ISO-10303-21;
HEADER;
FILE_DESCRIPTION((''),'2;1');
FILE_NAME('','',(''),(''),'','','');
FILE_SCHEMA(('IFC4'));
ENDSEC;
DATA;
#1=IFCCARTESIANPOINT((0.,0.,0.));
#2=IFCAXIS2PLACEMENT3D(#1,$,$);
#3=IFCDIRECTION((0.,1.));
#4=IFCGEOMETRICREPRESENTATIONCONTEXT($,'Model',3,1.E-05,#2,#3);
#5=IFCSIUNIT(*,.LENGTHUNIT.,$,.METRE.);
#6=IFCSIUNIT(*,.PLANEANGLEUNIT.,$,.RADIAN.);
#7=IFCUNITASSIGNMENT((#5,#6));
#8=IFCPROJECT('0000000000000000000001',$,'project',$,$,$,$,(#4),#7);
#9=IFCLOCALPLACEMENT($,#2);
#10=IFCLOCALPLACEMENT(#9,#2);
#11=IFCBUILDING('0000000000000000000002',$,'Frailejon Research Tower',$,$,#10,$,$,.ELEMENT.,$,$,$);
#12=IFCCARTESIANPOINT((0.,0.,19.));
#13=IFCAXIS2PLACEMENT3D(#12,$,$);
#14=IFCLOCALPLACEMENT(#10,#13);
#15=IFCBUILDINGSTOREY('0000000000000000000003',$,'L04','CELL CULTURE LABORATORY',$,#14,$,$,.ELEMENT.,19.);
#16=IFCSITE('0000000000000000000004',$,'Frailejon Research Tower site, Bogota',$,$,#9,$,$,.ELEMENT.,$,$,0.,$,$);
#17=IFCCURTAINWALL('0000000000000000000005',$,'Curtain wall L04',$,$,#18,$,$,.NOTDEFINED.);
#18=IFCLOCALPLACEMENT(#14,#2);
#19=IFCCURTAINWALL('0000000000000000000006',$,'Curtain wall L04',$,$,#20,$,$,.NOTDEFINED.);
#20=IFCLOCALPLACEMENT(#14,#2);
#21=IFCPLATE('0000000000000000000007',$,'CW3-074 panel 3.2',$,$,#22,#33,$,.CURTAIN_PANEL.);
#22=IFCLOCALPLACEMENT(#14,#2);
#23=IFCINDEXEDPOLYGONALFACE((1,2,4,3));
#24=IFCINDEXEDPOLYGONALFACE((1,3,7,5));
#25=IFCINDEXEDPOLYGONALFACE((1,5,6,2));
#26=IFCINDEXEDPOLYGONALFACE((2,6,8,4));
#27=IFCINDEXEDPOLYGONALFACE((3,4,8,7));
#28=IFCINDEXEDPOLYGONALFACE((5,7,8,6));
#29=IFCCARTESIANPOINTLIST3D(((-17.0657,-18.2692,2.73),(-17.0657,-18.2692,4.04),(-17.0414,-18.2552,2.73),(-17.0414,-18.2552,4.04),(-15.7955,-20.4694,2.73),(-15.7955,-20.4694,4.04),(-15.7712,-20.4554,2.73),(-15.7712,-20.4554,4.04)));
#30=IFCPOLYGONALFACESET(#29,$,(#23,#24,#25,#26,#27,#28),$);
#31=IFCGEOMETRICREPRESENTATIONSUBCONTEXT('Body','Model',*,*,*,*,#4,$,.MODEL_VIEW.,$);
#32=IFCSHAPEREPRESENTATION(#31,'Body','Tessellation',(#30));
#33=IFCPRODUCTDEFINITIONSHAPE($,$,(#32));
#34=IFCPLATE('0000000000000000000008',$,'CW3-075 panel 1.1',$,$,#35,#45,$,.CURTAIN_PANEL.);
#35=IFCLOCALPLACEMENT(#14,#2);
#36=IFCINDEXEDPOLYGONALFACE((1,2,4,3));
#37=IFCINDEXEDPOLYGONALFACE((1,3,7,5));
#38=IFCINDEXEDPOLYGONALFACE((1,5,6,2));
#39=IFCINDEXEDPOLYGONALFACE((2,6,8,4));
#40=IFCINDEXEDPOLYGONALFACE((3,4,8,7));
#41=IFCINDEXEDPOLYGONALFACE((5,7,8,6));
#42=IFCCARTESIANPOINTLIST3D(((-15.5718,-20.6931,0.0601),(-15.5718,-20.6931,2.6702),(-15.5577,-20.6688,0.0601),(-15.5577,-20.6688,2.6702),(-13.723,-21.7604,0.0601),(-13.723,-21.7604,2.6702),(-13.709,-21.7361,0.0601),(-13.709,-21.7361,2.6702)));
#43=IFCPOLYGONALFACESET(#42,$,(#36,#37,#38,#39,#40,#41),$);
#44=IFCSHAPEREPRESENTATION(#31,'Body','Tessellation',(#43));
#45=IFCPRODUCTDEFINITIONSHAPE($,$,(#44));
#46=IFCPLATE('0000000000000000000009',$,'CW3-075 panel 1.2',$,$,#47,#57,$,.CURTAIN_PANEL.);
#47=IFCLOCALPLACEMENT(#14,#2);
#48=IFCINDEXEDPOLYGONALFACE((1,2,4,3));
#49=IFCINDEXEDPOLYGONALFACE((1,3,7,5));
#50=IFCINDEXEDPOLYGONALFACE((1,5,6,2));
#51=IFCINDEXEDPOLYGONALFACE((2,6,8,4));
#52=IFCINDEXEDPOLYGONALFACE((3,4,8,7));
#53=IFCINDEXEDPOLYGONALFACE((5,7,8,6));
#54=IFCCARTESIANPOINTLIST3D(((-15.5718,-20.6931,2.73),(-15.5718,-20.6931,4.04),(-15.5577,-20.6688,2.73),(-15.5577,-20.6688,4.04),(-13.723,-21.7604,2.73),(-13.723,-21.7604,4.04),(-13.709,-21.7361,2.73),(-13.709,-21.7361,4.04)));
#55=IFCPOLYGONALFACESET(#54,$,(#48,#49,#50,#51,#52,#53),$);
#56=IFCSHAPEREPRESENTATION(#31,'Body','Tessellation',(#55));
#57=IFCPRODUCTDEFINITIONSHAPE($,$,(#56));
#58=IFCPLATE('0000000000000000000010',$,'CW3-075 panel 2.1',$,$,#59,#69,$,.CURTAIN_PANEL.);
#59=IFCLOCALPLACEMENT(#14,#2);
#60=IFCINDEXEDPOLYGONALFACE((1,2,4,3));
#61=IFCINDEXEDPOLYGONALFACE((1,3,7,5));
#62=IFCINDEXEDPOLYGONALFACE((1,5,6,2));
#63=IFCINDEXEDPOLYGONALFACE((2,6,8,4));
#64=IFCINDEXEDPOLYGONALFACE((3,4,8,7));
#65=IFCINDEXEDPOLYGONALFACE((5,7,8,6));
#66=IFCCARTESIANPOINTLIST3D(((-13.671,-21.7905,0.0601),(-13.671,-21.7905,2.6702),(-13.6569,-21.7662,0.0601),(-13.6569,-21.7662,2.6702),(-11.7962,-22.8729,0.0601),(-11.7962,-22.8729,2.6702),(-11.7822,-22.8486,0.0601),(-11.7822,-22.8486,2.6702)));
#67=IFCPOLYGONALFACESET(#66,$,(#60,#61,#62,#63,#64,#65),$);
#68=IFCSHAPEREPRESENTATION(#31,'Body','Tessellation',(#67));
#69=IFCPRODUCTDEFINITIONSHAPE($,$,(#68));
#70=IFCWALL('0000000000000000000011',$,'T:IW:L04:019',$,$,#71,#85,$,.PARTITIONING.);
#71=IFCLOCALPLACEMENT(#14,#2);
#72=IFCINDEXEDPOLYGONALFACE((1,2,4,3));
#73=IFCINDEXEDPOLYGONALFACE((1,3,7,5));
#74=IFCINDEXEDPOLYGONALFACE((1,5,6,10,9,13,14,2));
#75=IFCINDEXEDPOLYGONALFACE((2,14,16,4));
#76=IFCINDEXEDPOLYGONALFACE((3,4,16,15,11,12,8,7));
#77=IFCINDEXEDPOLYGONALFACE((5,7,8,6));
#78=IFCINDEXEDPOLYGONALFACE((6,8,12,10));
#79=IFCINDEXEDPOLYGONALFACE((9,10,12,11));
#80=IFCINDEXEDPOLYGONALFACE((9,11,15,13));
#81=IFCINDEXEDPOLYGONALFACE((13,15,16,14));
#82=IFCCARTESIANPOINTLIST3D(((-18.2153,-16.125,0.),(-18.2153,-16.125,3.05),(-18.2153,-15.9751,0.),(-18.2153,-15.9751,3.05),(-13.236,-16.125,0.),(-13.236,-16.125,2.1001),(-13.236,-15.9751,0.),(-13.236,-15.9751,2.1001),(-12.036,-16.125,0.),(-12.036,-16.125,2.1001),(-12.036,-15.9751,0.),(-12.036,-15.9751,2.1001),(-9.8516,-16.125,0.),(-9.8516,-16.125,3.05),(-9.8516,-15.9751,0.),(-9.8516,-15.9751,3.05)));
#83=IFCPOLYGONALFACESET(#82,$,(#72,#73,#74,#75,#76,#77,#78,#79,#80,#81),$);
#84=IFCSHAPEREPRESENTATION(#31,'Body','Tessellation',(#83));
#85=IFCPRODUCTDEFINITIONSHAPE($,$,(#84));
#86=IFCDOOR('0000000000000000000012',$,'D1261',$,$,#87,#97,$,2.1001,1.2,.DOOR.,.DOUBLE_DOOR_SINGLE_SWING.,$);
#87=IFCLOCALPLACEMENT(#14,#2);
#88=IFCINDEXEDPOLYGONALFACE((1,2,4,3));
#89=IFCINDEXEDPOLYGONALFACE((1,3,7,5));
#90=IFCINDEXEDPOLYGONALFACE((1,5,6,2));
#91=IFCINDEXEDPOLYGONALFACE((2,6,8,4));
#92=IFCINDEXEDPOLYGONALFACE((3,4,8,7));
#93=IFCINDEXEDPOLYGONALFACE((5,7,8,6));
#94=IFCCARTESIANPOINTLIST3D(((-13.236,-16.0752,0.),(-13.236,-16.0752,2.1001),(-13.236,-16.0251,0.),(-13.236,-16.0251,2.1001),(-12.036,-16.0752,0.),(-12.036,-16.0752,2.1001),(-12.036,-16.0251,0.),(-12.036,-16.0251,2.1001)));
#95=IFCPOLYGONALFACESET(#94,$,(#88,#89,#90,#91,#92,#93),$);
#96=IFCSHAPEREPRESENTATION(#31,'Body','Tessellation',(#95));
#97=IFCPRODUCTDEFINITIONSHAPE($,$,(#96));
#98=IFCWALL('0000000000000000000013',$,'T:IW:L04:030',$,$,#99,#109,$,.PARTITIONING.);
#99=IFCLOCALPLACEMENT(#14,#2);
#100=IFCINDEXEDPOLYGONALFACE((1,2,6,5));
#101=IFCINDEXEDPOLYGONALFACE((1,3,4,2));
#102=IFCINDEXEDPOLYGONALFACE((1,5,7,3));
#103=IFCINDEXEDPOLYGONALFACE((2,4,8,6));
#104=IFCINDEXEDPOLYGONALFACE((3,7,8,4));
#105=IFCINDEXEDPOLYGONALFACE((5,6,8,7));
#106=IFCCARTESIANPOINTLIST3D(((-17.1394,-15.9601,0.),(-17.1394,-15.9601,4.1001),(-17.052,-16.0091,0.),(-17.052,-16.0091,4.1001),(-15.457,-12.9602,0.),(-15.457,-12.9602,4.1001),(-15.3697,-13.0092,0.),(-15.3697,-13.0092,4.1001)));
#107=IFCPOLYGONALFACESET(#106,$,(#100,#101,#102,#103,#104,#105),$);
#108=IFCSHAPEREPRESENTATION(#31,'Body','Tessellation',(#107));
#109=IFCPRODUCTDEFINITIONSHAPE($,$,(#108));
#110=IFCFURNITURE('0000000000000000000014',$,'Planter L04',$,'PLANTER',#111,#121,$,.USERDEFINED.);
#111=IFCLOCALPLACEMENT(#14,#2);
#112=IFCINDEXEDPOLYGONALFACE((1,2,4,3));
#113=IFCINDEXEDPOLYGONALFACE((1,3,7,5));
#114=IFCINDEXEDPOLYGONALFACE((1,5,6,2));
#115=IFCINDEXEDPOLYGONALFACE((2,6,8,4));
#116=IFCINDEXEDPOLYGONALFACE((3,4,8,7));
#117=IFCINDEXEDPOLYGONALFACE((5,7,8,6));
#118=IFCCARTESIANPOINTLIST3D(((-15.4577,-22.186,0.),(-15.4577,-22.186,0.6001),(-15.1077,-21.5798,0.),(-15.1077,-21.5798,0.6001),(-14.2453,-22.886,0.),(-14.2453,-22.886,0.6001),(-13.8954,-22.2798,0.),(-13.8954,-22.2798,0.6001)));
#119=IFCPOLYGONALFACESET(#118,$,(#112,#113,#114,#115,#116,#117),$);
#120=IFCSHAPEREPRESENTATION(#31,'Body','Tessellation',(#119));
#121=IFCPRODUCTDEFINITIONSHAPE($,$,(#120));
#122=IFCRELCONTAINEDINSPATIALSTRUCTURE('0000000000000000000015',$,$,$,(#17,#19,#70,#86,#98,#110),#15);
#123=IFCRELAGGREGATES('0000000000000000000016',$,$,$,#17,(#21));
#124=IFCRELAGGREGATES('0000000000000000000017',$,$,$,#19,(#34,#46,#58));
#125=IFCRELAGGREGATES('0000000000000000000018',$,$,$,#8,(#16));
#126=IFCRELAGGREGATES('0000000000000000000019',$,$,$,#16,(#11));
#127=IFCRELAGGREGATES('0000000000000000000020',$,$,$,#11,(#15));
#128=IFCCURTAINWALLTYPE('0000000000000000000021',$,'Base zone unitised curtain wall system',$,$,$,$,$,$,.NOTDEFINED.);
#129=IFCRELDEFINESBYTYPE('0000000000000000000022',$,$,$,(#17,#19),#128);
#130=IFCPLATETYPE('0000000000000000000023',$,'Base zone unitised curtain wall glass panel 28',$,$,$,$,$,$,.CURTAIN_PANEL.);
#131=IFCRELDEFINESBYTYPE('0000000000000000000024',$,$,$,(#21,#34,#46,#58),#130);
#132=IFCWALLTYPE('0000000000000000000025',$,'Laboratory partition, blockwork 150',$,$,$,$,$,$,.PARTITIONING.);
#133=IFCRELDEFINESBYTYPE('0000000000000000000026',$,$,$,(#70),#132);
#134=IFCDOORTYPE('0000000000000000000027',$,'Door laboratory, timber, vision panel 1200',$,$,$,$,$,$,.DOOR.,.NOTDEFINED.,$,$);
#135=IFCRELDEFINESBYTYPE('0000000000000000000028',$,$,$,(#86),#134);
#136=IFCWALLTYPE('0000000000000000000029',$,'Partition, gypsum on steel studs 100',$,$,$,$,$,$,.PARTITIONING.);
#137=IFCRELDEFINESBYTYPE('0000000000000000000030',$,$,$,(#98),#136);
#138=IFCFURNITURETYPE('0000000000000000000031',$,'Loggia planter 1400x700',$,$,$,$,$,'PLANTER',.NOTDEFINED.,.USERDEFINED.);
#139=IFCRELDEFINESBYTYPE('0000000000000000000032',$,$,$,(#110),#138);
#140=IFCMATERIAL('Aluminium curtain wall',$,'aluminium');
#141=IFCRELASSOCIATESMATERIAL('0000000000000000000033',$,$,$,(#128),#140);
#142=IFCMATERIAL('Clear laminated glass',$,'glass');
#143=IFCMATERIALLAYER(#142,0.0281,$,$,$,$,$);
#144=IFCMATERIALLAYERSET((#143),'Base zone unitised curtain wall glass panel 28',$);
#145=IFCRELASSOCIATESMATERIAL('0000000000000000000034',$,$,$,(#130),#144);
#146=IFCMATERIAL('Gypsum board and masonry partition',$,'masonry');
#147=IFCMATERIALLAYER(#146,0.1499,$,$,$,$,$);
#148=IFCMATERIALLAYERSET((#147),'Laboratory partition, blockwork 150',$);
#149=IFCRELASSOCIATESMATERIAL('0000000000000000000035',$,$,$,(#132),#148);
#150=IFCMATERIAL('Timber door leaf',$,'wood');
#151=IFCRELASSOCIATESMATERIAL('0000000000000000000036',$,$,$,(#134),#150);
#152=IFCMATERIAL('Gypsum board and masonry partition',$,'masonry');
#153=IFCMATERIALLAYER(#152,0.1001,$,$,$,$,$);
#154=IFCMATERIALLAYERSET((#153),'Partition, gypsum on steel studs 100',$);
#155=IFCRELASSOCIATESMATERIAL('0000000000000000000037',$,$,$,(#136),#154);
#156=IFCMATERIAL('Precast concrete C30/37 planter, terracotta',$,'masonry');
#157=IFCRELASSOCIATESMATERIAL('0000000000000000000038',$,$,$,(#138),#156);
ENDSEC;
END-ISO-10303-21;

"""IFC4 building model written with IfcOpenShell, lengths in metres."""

from ifc_helpers import new_model, si_unit, direction, frame, frame_2d, origin, origin_2d, place, context, subcontext, project, spatial, rectangle, extrude, material, layer, layer_set, type_object, element, fill, aggregate, save


model = new_model("IFC4")

# Units and contexts
model_context = context("Model", 3, precision=1e-05, world=origin(), true_north=direction((0.0, 1.0)))
body_context = subcontext(model_context, "Body", "Model", "MODEL_VIEW")
ifc_project = project(units=[si_unit("LENGTHUNIT", "METRE"), si_unit("PLANEANGLEUNIT", "RADIAN")], contexts=[model_context])

# Site, building, storey
site_placement = place(None, origin())
site = spatial("IfcSite", under=ifc_project, at=site_placement, Name="Frailejon Research Tower site, Bogota", CompositionType="ELEMENT", RefElevation=0.0)
building_placement = place(site_placement, origin())
building = spatial("IfcBuilding", under=site, at=building_placement, Name="Frailejon Research Tower", CompositionType="ELEMENT")
storey_placement = place(building_placement, frame((0.0, 0.0, 19.0)))
storey = spatial("IfcBuildingStorey", under=building, at=storey_placement, Name="L04", Description="CELL CULTURE LABORATORY", CompositionType="ELEMENT", Elevation=19.0)

# Curtain walls
ifc_material_1 = material(Name="Aluminium curtain wall", Category="aluminium")
curtain_wall_type = type_object("IfcCurtainWallType", Name="Base zone unitised curtain wall system", PredefinedType="NOTDEFINED", material=ifc_material_1)
curtain_wall_1_placement = place(storey_placement, origin())
curtain_wall_1 = element("IfcCurtainWall", 1, at=curtain_wall_1_placement, inside=storey, type_object=curtain_wall_type, Name="Curtain wall L04", PredefinedType="NOTDEFINED")
curtain_wall_2_placement = place(storey_placement, origin())
curtain_wall_2 = element("IfcCurtainWall", 2, at=curtain_wall_2_placement, inside=storey, type_object=curtain_wall_type, Name="Curtain wall L04", PredefinedType="NOTDEFINED")

# Plates
ifc_material_2 = material(Name="Clear laminated glass", Category="glass")
ifc_layer_1 = layer(ifc_material_2, 0.0281)
ifc_layer_set_1 = layer_set([ifc_layer_1], Name="Base zone unitised curtain wall glass panel 28")
plate_type = type_object("IfcPlateType", Name="Base zone unitised curtain wall glass panel 28", PredefinedType="CURTAIN_PANEL", material=ifc_layer_set_1)
plate_1_placement = place(storey_placement, frame((-16.4185, -19.3623, 2.73), z_axis=(0.0, 0.0, 1.0), x_axis=(0.499997, -0.866027, 0.0)))
plate_1 = element("IfcPlate", 3, at=plate_1_placement, type_object=plate_type, Name="CW3-074 panel 3.2", PredefinedType="CURTAIN_PANEL", context=body_context, shape_type="SweptSolid", body=[
    extrude(rectangle(XDim=2.5405, YDim=0.0281, at=origin_2d()), origin(), (0.0, 0.0, 1.0), 1.3101),
])
aggregate(curtain_wall_1, [plate_1])
plate_2_placement = place(storey_placement, frame((-14.6404, -21.2146, 0.0601), z_axis=(0.0, 0.0, 1.0), x_axis=(0.866026, -0.499998, 0.0)))
plate_2 = element("IfcPlate", 4, at=plate_2_placement, type_object=plate_type, Name="CW3-075 panel 1.1", PredefinedType="CURTAIN_PANEL", context=body_context, shape_type="SweptSolid", body=[
    extrude(rectangle(XDim=2.1348, YDim=0.0281, at=origin_2d()), origin(), (0.0, 0.0, 1.0), 2.6101),
])
plate_3_placement = place(storey_placement, frame((-14.6404, -21.2146, 2.73), z_axis=(0.0, 0.0, 1.0), x_axis=(0.866026, -0.499998, 0.0)))
plate_3 = element("IfcPlate", 5, at=plate_3_placement, type_object=plate_type, Name="CW3-075 panel 1.2", PredefinedType="CURTAIN_PANEL", context=body_context, shape_type="SweptSolid", body=[
    extrude(rectangle(XDim=2.1348, YDim=0.0281, at=origin_2d()), origin(), (0.0, 0.0, 1.0), 1.3101),
])
plate_4_placement = place(storey_placement, frame((-12.7266, -22.3196, 0.0601), z_axis=(0.0, 0.0, 1.0), x_axis=(0.866026, -0.499998, 0.0)))
plate_4 = element("IfcPlate", 6, at=plate_4_placement, type_object=plate_type, Name="CW3-075 panel 2.1", PredefinedType="CURTAIN_PANEL", context=body_context, shape_type="SweptSolid", body=[
    extrude(rectangle(XDim=2.1648, YDim=0.0281, at=origin_2d()), origin(), (0.0, 0.0, 1.0), 2.6101),
])
aggregate(curtain_wall_2, [plate_2, plate_3, plate_4])

# Wall, opening, door
ifc_material_3 = material(Name="Gypsum board and masonry partition", Category="masonry")
ifc_layer_2 = layer(ifc_material_3, 0.1499)
ifc_layer_set_2 = layer_set([ifc_layer_2], Name="Laboratory partition, blockwork 150")
wall_type_1 = type_object("IfcWallType", Name="Laboratory partition, blockwork 150", PredefinedType="PARTITIONING", material=ifc_layer_set_2)
wall_1_placement = place(storey_placement, frame((-18.2153, -16.05, 0.0), z_axis=(0.0, 0.0, 1.0), x_axis=(1.0, 0.0, 0.0)))
wall_1 = element("IfcWall", 7, at=wall_1_placement, inside=storey, type_object=wall_type_1, Name="T:IW:L04:019", PredefinedType="PARTITIONING", context=body_context, shape_type="SweptSolid", body=[
    extrude(rectangle(XDim=8.3638, YDim=0.1499, at=frame_2d((4.1819, 0.0))), origin(), (0.0, 0.0, 1.0), 3.05),
])
opening_placement = place(wall_1_placement, frame((4.9792, 0.0, 0.0)))
opening = element("IfcOpeningElement", 8, at=opening_placement, cuts=wall_1, PredefinedType="OPENING", context=body_context, shape_type="SweptSolid", body=[
    extrude(rectangle(XDim=1.2, YDim=2.1001, at=frame_2d((0.6001, 1.05))), frame((0.0, 0.085, 0.0), z_axis=(0.0, -1.0, 0.0), x_axis=(1.0, 0.0, 0.0)), (0.0, 0.0, 1.0), 0.1699),
])
ifc_material_4 = material(Name="Timber door leaf", Category="wood")
door_type = type_object("IfcDoorType", Name="Door laboratory, timber, vision panel 1200", OperationType="NOTDEFINED", PredefinedType="DOOR", material=ifc_material_4)
door_placement = place(opening_placement, origin())
door = element("IfcDoor", 9, at=door_placement, inside=storey, type_object=door_type, Name="D1261", OperationType="DOUBLE_DOOR_SINGLE_SWING", OverallHeight=2.1001, OverallWidth=1.2, PredefinedType="DOOR", context=body_context, shape_type="SweptSolid", body=[
    extrude(rectangle(XDim=1.2, YDim=2.1001, at=frame_2d((0.6001, 1.05))), frame((0.0, 0.0249, 0.0), z_axis=(0.0, -1.0, 0.0), x_axis=(1.0, 0.0, 0.0)), (0.0, 0.0, 1.0), 0.05),
])
fill(opening, door)

# Wall
ifc_material_5 = material(Name="Gypsum board and masonry partition", Category="masonry")
ifc_layer_3 = layer(ifc_material_5, 0.1001)
ifc_layer_set_3 = layer_set([ifc_layer_3], Name="Partition, gypsum on steel studs 100")
wall_type_2 = type_object("IfcWallType", Name="Partition, gypsum on steel studs 100", PredefinedType="PARTITIONING", material=ifc_layer_set_3)
wall_2_placement = place(storey_placement, frame((-17.0957, -15.9846, 0.0), z_axis=(0.0, 0.0, 1.0), x_axis=(0.489129, 0.872212, 0.0)))
element("IfcWall", 10, at=wall_2_placement, inside=storey, type_object=wall_type_2, Name="T:IW:L04:030", PredefinedType="PARTITIONING", context=body_context, shape_type="SweptSolid", body=[
    extrude(rectangle(XDim=3.4395, YDim=0.1001, at=frame_2d((1.7197, 0.0))), origin(), (0.0, 0.0, 1.0), 4.1001),
])

# Furniture
ifc_material_6 = material(Name="Precast concrete C30/37 planter, terracotta", Category="masonry")
furniture_type = type_object("IfcFurnitureType", Name="Loggia planter 1400x700", ElementType="PLANTER", AssemblyPlace="NOTDEFINED", PredefinedType="USERDEFINED", material=ifc_material_6)
furniture_placement = place(storey_placement, frame((-14.6765, -22.2329, 0.0), z_axis=(0.0, 0.0, 1.0), x_axis=(0.866025, -0.5, 0.0)))
element("IfcFurniture", 11, at=furniture_placement, inside=storey, type_object=furniture_type, Name="Planter L04", ObjectType="PLANTER", PredefinedType="USERDEFINED", context=body_context, shape_type="SweptSolid", body=[
    extrude(rectangle(XDim=1.3999, YDim=0.7, at=origin_2d()), origin(), (0.0, 0.0, 1.0), 0.6001),
])

save(model, "model.ifc")
